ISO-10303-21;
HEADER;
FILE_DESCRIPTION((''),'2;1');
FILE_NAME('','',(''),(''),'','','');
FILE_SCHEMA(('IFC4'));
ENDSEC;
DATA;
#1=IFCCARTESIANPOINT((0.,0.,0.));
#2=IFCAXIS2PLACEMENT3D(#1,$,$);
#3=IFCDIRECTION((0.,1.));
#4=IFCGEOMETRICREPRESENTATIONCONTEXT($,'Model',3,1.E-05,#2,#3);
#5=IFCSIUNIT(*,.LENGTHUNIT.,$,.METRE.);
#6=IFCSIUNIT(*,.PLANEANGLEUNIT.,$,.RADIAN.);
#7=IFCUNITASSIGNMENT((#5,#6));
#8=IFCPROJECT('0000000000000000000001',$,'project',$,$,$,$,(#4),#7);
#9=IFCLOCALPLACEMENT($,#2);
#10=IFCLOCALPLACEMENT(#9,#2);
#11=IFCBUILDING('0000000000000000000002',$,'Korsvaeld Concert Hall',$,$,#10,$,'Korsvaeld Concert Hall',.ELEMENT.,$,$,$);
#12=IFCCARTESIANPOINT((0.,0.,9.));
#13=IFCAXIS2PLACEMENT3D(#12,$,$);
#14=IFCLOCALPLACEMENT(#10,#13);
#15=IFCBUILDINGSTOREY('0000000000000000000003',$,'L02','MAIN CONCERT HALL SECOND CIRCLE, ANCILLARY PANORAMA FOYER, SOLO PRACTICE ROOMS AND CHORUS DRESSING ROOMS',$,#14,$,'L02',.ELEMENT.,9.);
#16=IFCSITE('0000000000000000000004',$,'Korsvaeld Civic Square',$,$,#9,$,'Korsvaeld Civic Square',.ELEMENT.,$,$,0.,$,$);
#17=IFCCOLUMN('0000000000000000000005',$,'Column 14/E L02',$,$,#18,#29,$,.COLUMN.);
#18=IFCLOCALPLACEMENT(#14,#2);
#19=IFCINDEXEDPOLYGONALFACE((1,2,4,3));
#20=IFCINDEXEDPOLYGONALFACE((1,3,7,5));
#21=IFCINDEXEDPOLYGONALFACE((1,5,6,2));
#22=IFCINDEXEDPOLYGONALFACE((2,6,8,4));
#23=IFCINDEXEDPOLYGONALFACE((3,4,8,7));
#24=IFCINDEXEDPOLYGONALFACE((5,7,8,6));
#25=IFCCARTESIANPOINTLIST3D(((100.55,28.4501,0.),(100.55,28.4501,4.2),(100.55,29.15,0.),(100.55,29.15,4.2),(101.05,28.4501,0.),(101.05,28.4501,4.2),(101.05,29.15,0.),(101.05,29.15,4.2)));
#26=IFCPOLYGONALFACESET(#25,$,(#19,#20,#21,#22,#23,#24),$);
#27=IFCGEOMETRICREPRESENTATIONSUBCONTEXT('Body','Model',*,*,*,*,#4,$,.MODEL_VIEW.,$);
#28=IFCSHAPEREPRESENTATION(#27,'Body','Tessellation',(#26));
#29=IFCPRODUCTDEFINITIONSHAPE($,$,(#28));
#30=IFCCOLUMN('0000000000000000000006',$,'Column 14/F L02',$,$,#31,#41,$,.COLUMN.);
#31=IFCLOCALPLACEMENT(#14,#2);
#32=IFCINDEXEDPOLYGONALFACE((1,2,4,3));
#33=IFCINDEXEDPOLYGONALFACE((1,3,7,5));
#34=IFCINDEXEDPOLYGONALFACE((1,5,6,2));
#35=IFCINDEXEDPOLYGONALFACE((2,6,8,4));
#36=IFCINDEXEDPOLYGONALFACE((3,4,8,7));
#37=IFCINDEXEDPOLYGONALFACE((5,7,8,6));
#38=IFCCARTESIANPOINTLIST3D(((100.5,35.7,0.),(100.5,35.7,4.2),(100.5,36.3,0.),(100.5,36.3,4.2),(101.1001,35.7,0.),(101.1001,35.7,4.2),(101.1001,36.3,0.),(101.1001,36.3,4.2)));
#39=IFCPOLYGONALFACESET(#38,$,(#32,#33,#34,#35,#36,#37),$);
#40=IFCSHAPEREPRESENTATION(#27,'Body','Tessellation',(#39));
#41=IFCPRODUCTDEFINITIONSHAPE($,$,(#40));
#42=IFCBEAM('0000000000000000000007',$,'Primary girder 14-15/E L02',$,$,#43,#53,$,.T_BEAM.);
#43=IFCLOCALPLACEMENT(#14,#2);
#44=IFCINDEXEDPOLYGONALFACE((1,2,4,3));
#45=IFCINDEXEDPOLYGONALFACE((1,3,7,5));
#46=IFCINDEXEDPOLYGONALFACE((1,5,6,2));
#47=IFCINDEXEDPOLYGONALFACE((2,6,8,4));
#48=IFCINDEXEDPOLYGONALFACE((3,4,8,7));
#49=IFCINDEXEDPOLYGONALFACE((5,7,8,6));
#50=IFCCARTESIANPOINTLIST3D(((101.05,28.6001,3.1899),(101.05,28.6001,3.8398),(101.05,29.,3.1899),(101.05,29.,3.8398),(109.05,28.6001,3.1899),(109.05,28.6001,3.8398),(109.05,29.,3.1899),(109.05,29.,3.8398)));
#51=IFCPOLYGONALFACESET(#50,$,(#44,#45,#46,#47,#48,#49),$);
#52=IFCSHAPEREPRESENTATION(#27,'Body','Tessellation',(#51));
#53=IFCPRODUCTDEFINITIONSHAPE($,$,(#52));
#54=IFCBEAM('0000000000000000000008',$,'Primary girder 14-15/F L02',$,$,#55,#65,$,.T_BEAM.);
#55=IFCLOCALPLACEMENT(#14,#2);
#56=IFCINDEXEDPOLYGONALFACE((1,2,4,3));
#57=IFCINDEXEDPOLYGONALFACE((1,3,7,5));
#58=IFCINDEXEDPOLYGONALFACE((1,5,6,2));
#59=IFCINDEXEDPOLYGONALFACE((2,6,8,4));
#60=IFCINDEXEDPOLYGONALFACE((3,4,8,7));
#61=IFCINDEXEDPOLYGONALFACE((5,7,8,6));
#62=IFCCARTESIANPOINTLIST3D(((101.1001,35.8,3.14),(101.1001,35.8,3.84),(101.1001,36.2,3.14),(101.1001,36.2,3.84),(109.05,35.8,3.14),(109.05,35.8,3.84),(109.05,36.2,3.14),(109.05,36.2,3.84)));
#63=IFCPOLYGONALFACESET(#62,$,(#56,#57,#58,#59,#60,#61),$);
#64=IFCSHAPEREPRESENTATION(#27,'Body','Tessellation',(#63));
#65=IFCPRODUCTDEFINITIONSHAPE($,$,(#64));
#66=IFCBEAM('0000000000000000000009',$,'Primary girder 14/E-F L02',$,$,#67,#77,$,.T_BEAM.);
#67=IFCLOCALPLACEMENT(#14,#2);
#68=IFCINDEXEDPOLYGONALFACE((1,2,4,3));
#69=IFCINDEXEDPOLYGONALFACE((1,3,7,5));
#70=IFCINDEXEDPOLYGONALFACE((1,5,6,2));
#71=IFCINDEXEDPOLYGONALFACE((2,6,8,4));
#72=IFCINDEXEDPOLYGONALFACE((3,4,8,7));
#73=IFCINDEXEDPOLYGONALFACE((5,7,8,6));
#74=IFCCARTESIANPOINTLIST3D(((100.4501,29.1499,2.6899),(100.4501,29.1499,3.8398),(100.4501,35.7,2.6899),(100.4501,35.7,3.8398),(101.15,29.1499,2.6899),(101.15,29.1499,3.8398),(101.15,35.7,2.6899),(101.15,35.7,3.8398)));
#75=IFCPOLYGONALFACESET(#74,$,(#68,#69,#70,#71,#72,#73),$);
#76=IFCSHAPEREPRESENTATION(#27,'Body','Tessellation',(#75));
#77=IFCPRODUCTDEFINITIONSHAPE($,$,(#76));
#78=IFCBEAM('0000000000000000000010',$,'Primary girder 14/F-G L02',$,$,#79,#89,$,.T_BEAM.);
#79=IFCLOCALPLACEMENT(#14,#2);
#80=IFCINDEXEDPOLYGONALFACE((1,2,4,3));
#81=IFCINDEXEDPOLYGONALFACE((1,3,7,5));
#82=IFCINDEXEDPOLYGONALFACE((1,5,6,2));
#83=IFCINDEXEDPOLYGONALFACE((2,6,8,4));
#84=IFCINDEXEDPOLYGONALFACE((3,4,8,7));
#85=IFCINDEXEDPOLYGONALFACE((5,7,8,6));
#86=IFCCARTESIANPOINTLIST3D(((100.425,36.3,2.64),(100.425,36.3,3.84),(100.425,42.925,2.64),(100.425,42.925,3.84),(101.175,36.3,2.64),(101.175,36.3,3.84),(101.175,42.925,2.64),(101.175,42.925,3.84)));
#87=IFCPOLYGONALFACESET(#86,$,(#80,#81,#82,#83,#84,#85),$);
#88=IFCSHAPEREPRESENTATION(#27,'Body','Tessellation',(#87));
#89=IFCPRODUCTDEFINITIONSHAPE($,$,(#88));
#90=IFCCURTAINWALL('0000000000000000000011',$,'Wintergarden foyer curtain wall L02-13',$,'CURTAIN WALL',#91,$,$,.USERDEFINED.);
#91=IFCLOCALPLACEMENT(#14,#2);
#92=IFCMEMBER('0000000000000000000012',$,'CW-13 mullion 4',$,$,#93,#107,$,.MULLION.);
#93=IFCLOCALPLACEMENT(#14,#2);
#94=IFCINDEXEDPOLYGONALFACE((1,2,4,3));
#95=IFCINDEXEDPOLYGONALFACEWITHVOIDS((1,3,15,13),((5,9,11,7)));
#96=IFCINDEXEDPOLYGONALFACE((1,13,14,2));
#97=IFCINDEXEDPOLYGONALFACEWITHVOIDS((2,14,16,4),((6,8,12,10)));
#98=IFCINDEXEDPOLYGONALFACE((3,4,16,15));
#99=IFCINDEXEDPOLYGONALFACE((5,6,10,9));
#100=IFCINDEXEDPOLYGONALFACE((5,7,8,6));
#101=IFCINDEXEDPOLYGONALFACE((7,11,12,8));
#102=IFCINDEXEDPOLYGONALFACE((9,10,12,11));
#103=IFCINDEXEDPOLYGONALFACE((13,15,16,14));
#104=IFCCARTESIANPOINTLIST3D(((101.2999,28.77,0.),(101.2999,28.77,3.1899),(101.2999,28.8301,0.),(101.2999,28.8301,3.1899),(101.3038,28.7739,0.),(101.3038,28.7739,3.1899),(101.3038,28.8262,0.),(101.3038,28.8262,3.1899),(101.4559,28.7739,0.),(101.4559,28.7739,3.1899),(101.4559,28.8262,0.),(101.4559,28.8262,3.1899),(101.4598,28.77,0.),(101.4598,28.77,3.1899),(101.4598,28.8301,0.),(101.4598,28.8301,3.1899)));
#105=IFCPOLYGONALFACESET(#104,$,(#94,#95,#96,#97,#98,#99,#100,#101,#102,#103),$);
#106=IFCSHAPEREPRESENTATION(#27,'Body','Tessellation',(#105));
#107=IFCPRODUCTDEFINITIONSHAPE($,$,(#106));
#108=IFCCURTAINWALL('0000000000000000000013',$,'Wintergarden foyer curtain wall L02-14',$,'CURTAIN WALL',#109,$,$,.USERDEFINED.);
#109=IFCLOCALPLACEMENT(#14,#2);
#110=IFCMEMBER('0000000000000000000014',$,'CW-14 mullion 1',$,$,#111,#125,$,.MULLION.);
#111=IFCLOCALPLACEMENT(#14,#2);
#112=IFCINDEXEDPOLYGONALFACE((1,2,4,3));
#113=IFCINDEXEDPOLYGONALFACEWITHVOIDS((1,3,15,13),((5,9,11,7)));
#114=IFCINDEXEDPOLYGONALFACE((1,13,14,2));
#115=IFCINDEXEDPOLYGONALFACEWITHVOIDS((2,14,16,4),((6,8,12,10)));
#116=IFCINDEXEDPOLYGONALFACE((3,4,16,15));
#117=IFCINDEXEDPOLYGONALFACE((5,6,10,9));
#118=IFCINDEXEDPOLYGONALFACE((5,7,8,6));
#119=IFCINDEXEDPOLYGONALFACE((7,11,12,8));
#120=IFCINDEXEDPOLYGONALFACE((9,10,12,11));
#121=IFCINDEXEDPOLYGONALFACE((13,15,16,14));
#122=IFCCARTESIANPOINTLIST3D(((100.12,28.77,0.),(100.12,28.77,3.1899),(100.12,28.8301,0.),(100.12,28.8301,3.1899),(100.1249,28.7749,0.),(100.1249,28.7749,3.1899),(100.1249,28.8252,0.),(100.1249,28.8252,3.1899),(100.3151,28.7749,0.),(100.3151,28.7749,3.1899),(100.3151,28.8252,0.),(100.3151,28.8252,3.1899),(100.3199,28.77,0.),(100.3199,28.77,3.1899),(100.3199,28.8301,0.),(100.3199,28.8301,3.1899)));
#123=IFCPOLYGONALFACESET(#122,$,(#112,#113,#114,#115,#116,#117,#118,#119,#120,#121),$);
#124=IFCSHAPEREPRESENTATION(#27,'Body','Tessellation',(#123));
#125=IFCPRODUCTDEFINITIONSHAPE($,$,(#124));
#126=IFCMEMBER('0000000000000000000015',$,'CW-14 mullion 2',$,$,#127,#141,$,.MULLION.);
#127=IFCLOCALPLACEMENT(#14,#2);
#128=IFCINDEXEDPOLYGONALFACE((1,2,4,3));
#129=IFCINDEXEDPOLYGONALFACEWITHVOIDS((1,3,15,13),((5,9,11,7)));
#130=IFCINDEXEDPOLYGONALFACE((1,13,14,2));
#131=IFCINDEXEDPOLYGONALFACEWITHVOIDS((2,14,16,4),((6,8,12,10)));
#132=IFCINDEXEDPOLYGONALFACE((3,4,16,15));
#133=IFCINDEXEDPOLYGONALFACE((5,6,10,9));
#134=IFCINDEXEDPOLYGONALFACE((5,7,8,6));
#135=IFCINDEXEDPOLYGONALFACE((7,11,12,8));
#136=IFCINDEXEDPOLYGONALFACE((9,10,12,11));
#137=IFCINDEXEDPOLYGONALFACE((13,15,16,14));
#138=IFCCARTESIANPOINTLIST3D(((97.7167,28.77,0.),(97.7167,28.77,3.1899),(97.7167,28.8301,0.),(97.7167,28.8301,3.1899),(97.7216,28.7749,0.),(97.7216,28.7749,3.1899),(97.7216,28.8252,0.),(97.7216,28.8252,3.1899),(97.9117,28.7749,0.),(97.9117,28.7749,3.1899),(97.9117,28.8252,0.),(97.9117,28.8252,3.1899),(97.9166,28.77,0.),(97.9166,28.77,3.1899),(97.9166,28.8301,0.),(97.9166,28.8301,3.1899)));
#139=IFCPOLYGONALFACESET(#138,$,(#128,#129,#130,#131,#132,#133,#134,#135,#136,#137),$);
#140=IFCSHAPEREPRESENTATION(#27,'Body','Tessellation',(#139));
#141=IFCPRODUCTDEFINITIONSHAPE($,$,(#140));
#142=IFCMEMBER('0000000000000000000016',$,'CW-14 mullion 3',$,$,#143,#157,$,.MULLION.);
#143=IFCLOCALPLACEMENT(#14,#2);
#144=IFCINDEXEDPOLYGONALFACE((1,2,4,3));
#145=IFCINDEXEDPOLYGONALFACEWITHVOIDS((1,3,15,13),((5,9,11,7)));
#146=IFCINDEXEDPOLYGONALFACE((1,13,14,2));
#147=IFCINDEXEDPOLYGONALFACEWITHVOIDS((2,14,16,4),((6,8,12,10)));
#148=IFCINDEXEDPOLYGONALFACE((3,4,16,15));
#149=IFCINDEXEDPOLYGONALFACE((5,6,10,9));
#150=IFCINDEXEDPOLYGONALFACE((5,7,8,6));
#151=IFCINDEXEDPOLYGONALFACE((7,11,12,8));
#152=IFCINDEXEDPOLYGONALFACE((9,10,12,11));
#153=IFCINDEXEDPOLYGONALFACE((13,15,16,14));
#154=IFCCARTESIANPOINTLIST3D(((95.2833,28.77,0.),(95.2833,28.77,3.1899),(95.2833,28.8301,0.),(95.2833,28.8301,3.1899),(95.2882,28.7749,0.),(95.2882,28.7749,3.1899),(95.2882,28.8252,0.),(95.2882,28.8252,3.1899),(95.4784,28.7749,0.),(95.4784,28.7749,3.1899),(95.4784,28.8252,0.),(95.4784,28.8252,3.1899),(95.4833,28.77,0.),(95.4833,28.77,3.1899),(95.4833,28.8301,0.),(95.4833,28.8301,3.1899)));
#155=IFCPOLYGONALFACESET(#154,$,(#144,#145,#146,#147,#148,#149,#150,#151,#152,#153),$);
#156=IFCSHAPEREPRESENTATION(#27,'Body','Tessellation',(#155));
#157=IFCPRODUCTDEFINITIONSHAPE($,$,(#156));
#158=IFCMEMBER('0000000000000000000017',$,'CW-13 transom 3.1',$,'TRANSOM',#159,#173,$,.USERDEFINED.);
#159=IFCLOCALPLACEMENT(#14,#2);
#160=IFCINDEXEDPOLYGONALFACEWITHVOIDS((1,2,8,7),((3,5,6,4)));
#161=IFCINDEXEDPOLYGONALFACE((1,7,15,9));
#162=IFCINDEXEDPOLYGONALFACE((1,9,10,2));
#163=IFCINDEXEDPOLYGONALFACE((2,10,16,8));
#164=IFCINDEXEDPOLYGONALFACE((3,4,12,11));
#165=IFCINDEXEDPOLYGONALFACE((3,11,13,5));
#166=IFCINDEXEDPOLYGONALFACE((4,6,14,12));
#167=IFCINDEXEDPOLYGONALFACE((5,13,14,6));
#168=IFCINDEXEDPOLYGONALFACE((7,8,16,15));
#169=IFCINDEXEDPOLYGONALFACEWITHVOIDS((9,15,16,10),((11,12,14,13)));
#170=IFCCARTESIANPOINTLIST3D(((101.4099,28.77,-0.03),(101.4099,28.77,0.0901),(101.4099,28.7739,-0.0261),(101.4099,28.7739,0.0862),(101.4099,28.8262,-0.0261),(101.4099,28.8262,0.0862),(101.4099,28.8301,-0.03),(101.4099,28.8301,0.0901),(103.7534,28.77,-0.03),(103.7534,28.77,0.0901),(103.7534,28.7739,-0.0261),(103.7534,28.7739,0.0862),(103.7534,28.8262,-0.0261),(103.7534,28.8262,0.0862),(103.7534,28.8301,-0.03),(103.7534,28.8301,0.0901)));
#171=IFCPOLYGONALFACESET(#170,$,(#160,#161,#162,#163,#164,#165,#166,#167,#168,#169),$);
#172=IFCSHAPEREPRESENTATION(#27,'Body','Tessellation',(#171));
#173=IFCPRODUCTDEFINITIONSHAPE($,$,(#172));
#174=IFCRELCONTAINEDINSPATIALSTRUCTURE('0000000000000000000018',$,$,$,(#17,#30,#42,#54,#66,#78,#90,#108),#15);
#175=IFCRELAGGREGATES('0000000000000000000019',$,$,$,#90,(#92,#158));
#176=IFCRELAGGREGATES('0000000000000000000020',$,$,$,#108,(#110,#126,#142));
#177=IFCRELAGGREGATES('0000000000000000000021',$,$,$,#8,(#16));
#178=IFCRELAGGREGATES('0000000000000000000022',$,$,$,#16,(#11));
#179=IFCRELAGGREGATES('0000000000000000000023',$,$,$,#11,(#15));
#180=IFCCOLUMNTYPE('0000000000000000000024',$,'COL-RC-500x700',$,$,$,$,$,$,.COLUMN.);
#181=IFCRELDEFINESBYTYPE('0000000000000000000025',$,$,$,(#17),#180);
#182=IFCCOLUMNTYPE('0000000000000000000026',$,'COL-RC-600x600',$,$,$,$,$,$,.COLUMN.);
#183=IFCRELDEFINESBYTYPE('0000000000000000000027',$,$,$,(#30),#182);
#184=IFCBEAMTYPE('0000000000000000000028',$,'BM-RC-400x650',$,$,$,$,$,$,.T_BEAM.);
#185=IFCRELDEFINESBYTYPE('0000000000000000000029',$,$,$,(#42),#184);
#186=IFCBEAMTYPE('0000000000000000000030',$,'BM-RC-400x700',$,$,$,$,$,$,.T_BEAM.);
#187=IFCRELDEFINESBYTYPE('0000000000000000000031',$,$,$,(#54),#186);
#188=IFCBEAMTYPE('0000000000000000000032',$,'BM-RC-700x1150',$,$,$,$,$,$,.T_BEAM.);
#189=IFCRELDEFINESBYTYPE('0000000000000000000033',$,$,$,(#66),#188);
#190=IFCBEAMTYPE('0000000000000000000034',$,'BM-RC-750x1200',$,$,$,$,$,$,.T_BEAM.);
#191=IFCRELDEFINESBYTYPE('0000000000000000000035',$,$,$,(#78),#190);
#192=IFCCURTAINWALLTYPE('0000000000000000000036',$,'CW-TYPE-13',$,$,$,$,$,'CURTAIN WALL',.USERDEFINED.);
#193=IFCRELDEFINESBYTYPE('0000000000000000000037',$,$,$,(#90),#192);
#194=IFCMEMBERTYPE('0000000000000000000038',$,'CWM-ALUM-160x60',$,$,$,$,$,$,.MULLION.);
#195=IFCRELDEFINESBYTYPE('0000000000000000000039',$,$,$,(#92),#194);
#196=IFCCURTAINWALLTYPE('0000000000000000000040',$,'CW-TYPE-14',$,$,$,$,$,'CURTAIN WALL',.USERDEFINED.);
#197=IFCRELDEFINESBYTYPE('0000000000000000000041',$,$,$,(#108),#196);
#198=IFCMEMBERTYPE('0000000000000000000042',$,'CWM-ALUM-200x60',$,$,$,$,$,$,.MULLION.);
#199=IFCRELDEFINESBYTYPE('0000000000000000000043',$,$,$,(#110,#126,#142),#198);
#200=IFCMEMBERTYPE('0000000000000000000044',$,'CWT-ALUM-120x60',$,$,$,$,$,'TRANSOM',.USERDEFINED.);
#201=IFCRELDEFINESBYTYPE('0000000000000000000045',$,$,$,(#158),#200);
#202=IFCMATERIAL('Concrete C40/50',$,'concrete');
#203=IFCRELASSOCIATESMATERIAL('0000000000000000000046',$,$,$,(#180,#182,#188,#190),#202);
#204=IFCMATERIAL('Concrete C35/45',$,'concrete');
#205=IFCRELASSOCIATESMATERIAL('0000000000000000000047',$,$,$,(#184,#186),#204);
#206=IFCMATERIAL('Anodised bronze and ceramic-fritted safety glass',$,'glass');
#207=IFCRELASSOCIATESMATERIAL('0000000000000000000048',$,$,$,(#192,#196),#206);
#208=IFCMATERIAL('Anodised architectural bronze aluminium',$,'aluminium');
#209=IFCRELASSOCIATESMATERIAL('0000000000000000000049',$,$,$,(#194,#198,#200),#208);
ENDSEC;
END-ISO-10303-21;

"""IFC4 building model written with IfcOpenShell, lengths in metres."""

from ifc_helpers import new_model, si_unit, direction, frame, origin, origin_2d, place, context, subcontext, project, spatial, rectangle, hollow_rectangle, extrude, material, material_profile, profile_set, type_object, element, aggregate, save


model = new_model("IFC4")

# Units and contexts
model_context = context("Model", 3, precision=1e-05, world=origin(), true_north=direction((0.0, 1.0)))
body_context = subcontext(model_context, "Body", "Model", "MODEL_VIEW")
ifc_project = project(units=[si_unit("LENGTHUNIT", "METRE"), si_unit("PLANEANGLEUNIT", "RADIAN")], contexts=[model_context])

# Site, building, storey
site_placement = place(None, origin())
site = spatial("IfcSite", under=ifc_project, at=site_placement, Name="Korsvaeld Civic Square", LongName="Korsvaeld Civic Square", CompositionType="ELEMENT", RefElevation=0.0)
building_placement = place(site_placement, origin())
building = spatial("IfcBuilding", under=site, at=building_placement, Name="Korsvaeld Concert Hall", LongName="Korsvaeld Concert Hall", CompositionType="ELEMENT")
storey_placement = place(building_placement, frame((0.0, 0.0, 9.0)))
storey = spatial("IfcBuildingStorey", under=building, at=storey_placement, Name="L02", Description="MAIN CONCERT HALL SECOND CIRCLE, ANCILLARY PANORAMA FOYER, SOLO PRACTICE ROOMS AND CHORUS DRESSING ROOMS", LongName="L02", CompositionType="ELEMENT", Elevation=9.0)

# Columns
ifc_material_1 = material(Name="Concrete C40/50", Category="concrete")
ifc_material_profile_1 = material_profile(ifc_material_1, rectangle(XDim=0.5, YDim=0.7, at=origin_2d()), Name="RC 500x700")
ifc_profile_set_1 = profile_set([ifc_material_profile_1], Name="Concrete C40/50")
column_type_1 = type_object("IfcColumnType", Name="COL-RC-500x700", PredefinedType="COLUMN", material=ifc_profile_set_1)
column_1_placement = place(storey_placement, frame((100.8, 28.8, 0.0), z_axis=(0.0, 0.0, 1.0), x_axis=(1.0, 0.0, 0.0)))
element("IfcColumn", 1, at=column_1_placement, inside=storey, type_object=column_type_1, Name="Column 14/E L02", PredefinedType="COLUMN", context=body_context, shape_type="SweptSolid", body=[
    extrude(rectangle(XDim=0.5, YDim=0.7, at=origin_2d()), origin(), (0.0, 0.0, 1.0), 4.2),
])
ifc_material_profile_2 = material_profile(ifc_material_1, rectangle(XDim=0.6001, YDim=0.6001, at=origin_2d()), Name="RC 600x600")
ifc_profile_set_2 = profile_set([ifc_material_profile_2], Name="Concrete C40/50")
column_type_2 = type_object("IfcColumnType", Name="COL-RC-600x600", PredefinedType="COLUMN", material=ifc_profile_set_2)
column_2_placement = place(storey_placement, frame((100.8, 36.0, 0.0), z_axis=(0.0, 0.0, 1.0), x_axis=(1.0, 0.0, 0.0)))
element("IfcColumn", 2, at=column_2_placement, inside=storey, type_object=column_type_2, Name="Column 14/F L02", PredefinedType="COLUMN", context=body_context, shape_type="SweptSolid", body=[
    extrude(rectangle(XDim=0.6001, YDim=0.6001, at=origin_2d()), origin(), (0.0, 0.0, 1.0), 4.2),
])

# Beams
ifc_material_2 = material(Name="Concrete C35/45", Category="concrete")
ifc_material_profile_3 = material_profile(ifc_material_2, rectangle(XDim=0.3999, YDim=0.6499, at=origin_2d()), Name="RC 400x650")
ifc_profile_set_3 = profile_set([ifc_material_profile_3], Name="Concrete C35/45")
beam_type_1 = type_object("IfcBeamType", Name="BM-RC-400x650", PredefinedType="T_BEAM", material=ifc_profile_set_3)
beam_1_placement = place(storey_placement, frame((101.05, 28.8, 3.5149), z_axis=(1.0, 0.0, 0.0), x_axis=(0.0, 1.0, 0.0)))
element("IfcBeam", 3, at=beam_1_placement, inside=storey, type_object=beam_type_1, Name="Primary girder 14-15/E L02", PredefinedType="T_BEAM", context=body_context, shape_type="SweptSolid", body=[
    extrude(rectangle(XDim=0.3999, YDim=0.6499, at=origin_2d()), origin(), (0.0, 0.0, 1.0), 8.0),
])
ifc_material_profile_4 = material_profile(ifc_material_2, rectangle(XDim=0.3999, YDim=0.7, at=origin_2d()), Name="RC 400x700")
ifc_profile_set_4 = profile_set([ifc_material_profile_4], Name="Concrete C35/45")
beam_type_2 = type_object("IfcBeamType", Name="BM-RC-400x700", PredefinedType="T_BEAM", material=ifc_profile_set_4)
beam_2_placement = place(storey_placement, frame((101.1001, 36.0, 3.49), z_axis=(1.0, 0.0, 0.0), x_axis=(0.0, 1.0, 0.0)))
element("IfcBeam", 4, at=beam_2_placement, inside=storey, type_object=beam_type_2, Name="Primary girder 14-15/F L02", PredefinedType="T_BEAM", context=body_context, shape_type="SweptSolid", body=[
    extrude(rectangle(XDim=0.3999, YDim=0.7, at=origin_2d()), origin(), (0.0, 0.0, 1.0), 7.95),
])
ifc_material_profile_5 = material_profile(ifc_material_1, rectangle(XDim=0.7, YDim=1.1499, at=origin_2d()), Name="RC 700x1150")
ifc_profile_set_5 = profile_set([ifc_material_profile_5], Name="Concrete C40/50")
beam_type_3 = type_object("IfcBeamType", Name="BM-RC-700x1150", PredefinedType="T_BEAM", material=ifc_profile_set_5)
beam_3_placement = place(storey_placement, frame((100.8, 29.1499, 3.2649), z_axis=(0.0, 1.0, 0.0), x_axis=(-1.0, 0.0, 0.0)))
element("IfcBeam", 5, at=beam_3_placement, inside=storey, type_object=beam_type_3, Name="Primary girder 14/E-F L02", PredefinedType="T_BEAM", context=body_context, shape_type="SweptSolid", body=[
    extrude(rectangle(XDim=0.7, YDim=1.1499, at=origin_2d()), origin(), (0.0, 0.0, 1.0), 6.55),
])
ifc_material_profile_6 = material_profile(ifc_material_1, rectangle(XDim=0.75, YDim=1.2, at=origin_2d()), Name="RC 750x1200")
ifc_profile_set_6 = profile_set([ifc_material_profile_6], Name="Concrete C40/50")
beam_type_4 = type_object("IfcBeamType", Name="BM-RC-750x1200", PredefinedType="T_BEAM", material=ifc_profile_set_6)
beam_4_placement = place(storey_placement, frame((100.8, 36.3, 3.24), z_axis=(0.0, 1.0, 0.0), x_axis=(-1.0, 0.0, 0.0)))
element("IfcBeam", 6, at=beam_4_placement, inside=storey, type_object=beam_type_4, Name="Primary girder 14/F-G L02", PredefinedType="T_BEAM", context=body_context, shape_type="SweptSolid", body=[
    extrude(rectangle(XDim=0.75, YDim=1.2, at=origin_2d()), origin(), (0.0, 0.0, 1.0), 6.625),
])

# Curtain wall, member
ifc_material_3 = material(Name="Anodised bronze and ceramic-fritted safety glass", Category="glass")
curtain_wall_type_1 = type_object("IfcCurtainWallType", Name="CW-TYPE-13", ElementType="CURTAIN WALL", PredefinedType="USERDEFINED", material=ifc_material_3)
curtain_wall_1_placement = place(storey_placement, origin())
curtain_wall_1 = element("IfcCurtainWall", 7, at=curtain_wall_1_placement, inside=storey, type_object=curtain_wall_type_1, Name="Wintergarden foyer curtain wall L02-13", ObjectType="CURTAIN WALL", PredefinedType="USERDEFINED")
ifc_material_4 = material(Name="Anodised architectural bronze aluminium", Category="aluminium")
ifc_material_profile_7 = material_profile(ifc_material_4, hollow_rectangle(XDim=0.0601, YDim=0.1599, WallThickness=0.0039, at=origin_2d()), Name="CWM 160x60x4")
ifc_profile_set_7 = profile_set([ifc_material_profile_7], Name="Anodised architectural bronze aluminium")
member_type_1 = type_object("IfcMemberType", Name="CWM-ALUM-160x60", PredefinedType="MULLION", material=ifc_profile_set_7)
member_1_placement = place(storey_placement, frame((101.3799, 28.8, 0.0), z_axis=(0.0, 0.0, 1.0), x_axis=(0.0, -1.0, 0.0)))
member_1 = element("IfcMember", 8, at=member_1_placement, type_object=member_type_1, Name="CW-13 mullion 4", PredefinedType="MULLION", context=body_context, shape_type="SweptSolid", body=[
    extrude(hollow_rectangle(XDim=0.0601, YDim=0.1599, WallThickness=0.0039, at=origin_2d()), origin(), (0.0, 0.0, 1.0), 3.1899),
])

# Curtain wall, members
curtain_wall_type_2 = type_object("IfcCurtainWallType", Name="CW-TYPE-14", ElementType="CURTAIN WALL", PredefinedType="USERDEFINED", material=ifc_material_3)
curtain_wall_2_placement = place(storey_placement, origin())
curtain_wall_2 = element("IfcCurtainWall", 9, at=curtain_wall_2_placement, inside=storey, type_object=curtain_wall_type_2, Name="Wintergarden foyer curtain wall L02-14", ObjectType="CURTAIN WALL", PredefinedType="USERDEFINED")
ifc_material_profile_8 = material_profile(ifc_material_4, hollow_rectangle(XDim=0.0601, YDim=0.2, WallThickness=0.0049, at=origin_2d()), Name="CWM 200x60x5")
ifc_profile_set_8 = profile_set([ifc_material_profile_8], Name="Anodised architectural bronze aluminium")
member_type_2 = type_object("IfcMemberType", Name="CWM-ALUM-200x60", PredefinedType="MULLION", material=ifc_profile_set_8)
member_2_placement = place(storey_placement, frame((100.22, 28.8, 0.0), z_axis=(0.0, 0.0, 1.0), x_axis=(0.0, -1.0, 0.0)))
member_2 = element("IfcMember", 10, at=member_2_placement, type_object=member_type_2, Name="CW-14 mullion 1", PredefinedType="MULLION", context=body_context, shape_type="SweptSolid", body=[
    extrude(hollow_rectangle(XDim=0.0601, YDim=0.2, WallThickness=0.0049, at=origin_2d()), origin(), (0.0, 0.0, 1.0), 3.1899),
])
member_3_placement = place(storey_placement, frame((97.8167, 28.8, 0.0), z_axis=(0.0, 0.0, 1.0), x_axis=(0.0, -1.0, 0.0)))
member_3 = element("IfcMember", 11, at=member_3_placement, type_object=member_type_2, Name="CW-14 mullion 2", PredefinedType="MULLION", context=body_context, shape_type="SweptSolid", body=[
    extrude(hollow_rectangle(XDim=0.0601, YDim=0.2, WallThickness=0.0049, at=origin_2d()), origin(), (0.0, 0.0, 1.0), 3.1899),
])
member_4_placement = place(storey_placement, frame((95.3833, 28.8, 0.0), z_axis=(0.0, 0.0, 1.0), x_axis=(0.0, -1.0, 0.0)))
member_4 = element("IfcMember", 12, at=member_4_placement, type_object=member_type_2, Name="CW-14 mullion 3", PredefinedType="MULLION", context=body_context, shape_type="SweptSolid", body=[
    extrude(hollow_rectangle(XDim=0.0601, YDim=0.2, WallThickness=0.0049, at=origin_2d()), origin(), (0.0, 0.0, 1.0), 3.1899),
])

# Member
ifc_material_profile_9 = material_profile(ifc_material_4, hollow_rectangle(XDim=0.0601, YDim=0.1201, WallThickness=0.0039, at=origin_2d()), Name="CWT 120x60x4")
ifc_profile_set_9 = profile_set([ifc_material_profile_9], Name="Anodised architectural bronze aluminium")
member_type_3 = type_object("IfcMemberType", Name="CWT-ALUM-120x60", ElementType="TRANSOM", PredefinedType="USERDEFINED", material=ifc_profile_set_9)
member_5_placement = place(storey_placement, frame((103.7534, 28.8, 0.03), z_axis=(-1.0, 0.0, 0.0), x_axis=(0.0, -1.0, 0.0)))
member_5 = element("IfcMember", 13, at=member_5_placement, type_object=member_type_3, Name="CW-13 transom 3.1", ObjectType="TRANSOM", PredefinedType="USERDEFINED", context=body_context, shape_type="SweptSolid", body=[
    extrude(hollow_rectangle(XDim=0.0601, YDim=0.1201, WallThickness=0.0039, at=origin_2d()), origin(), (0.0, 0.0, 1.0), 2.3435),
])

aggregate(curtain_wall_1, [member_1, member_5])
aggregate(curtain_wall_2, [member_2, member_3, member_4])

save(model, "model.ifc")
